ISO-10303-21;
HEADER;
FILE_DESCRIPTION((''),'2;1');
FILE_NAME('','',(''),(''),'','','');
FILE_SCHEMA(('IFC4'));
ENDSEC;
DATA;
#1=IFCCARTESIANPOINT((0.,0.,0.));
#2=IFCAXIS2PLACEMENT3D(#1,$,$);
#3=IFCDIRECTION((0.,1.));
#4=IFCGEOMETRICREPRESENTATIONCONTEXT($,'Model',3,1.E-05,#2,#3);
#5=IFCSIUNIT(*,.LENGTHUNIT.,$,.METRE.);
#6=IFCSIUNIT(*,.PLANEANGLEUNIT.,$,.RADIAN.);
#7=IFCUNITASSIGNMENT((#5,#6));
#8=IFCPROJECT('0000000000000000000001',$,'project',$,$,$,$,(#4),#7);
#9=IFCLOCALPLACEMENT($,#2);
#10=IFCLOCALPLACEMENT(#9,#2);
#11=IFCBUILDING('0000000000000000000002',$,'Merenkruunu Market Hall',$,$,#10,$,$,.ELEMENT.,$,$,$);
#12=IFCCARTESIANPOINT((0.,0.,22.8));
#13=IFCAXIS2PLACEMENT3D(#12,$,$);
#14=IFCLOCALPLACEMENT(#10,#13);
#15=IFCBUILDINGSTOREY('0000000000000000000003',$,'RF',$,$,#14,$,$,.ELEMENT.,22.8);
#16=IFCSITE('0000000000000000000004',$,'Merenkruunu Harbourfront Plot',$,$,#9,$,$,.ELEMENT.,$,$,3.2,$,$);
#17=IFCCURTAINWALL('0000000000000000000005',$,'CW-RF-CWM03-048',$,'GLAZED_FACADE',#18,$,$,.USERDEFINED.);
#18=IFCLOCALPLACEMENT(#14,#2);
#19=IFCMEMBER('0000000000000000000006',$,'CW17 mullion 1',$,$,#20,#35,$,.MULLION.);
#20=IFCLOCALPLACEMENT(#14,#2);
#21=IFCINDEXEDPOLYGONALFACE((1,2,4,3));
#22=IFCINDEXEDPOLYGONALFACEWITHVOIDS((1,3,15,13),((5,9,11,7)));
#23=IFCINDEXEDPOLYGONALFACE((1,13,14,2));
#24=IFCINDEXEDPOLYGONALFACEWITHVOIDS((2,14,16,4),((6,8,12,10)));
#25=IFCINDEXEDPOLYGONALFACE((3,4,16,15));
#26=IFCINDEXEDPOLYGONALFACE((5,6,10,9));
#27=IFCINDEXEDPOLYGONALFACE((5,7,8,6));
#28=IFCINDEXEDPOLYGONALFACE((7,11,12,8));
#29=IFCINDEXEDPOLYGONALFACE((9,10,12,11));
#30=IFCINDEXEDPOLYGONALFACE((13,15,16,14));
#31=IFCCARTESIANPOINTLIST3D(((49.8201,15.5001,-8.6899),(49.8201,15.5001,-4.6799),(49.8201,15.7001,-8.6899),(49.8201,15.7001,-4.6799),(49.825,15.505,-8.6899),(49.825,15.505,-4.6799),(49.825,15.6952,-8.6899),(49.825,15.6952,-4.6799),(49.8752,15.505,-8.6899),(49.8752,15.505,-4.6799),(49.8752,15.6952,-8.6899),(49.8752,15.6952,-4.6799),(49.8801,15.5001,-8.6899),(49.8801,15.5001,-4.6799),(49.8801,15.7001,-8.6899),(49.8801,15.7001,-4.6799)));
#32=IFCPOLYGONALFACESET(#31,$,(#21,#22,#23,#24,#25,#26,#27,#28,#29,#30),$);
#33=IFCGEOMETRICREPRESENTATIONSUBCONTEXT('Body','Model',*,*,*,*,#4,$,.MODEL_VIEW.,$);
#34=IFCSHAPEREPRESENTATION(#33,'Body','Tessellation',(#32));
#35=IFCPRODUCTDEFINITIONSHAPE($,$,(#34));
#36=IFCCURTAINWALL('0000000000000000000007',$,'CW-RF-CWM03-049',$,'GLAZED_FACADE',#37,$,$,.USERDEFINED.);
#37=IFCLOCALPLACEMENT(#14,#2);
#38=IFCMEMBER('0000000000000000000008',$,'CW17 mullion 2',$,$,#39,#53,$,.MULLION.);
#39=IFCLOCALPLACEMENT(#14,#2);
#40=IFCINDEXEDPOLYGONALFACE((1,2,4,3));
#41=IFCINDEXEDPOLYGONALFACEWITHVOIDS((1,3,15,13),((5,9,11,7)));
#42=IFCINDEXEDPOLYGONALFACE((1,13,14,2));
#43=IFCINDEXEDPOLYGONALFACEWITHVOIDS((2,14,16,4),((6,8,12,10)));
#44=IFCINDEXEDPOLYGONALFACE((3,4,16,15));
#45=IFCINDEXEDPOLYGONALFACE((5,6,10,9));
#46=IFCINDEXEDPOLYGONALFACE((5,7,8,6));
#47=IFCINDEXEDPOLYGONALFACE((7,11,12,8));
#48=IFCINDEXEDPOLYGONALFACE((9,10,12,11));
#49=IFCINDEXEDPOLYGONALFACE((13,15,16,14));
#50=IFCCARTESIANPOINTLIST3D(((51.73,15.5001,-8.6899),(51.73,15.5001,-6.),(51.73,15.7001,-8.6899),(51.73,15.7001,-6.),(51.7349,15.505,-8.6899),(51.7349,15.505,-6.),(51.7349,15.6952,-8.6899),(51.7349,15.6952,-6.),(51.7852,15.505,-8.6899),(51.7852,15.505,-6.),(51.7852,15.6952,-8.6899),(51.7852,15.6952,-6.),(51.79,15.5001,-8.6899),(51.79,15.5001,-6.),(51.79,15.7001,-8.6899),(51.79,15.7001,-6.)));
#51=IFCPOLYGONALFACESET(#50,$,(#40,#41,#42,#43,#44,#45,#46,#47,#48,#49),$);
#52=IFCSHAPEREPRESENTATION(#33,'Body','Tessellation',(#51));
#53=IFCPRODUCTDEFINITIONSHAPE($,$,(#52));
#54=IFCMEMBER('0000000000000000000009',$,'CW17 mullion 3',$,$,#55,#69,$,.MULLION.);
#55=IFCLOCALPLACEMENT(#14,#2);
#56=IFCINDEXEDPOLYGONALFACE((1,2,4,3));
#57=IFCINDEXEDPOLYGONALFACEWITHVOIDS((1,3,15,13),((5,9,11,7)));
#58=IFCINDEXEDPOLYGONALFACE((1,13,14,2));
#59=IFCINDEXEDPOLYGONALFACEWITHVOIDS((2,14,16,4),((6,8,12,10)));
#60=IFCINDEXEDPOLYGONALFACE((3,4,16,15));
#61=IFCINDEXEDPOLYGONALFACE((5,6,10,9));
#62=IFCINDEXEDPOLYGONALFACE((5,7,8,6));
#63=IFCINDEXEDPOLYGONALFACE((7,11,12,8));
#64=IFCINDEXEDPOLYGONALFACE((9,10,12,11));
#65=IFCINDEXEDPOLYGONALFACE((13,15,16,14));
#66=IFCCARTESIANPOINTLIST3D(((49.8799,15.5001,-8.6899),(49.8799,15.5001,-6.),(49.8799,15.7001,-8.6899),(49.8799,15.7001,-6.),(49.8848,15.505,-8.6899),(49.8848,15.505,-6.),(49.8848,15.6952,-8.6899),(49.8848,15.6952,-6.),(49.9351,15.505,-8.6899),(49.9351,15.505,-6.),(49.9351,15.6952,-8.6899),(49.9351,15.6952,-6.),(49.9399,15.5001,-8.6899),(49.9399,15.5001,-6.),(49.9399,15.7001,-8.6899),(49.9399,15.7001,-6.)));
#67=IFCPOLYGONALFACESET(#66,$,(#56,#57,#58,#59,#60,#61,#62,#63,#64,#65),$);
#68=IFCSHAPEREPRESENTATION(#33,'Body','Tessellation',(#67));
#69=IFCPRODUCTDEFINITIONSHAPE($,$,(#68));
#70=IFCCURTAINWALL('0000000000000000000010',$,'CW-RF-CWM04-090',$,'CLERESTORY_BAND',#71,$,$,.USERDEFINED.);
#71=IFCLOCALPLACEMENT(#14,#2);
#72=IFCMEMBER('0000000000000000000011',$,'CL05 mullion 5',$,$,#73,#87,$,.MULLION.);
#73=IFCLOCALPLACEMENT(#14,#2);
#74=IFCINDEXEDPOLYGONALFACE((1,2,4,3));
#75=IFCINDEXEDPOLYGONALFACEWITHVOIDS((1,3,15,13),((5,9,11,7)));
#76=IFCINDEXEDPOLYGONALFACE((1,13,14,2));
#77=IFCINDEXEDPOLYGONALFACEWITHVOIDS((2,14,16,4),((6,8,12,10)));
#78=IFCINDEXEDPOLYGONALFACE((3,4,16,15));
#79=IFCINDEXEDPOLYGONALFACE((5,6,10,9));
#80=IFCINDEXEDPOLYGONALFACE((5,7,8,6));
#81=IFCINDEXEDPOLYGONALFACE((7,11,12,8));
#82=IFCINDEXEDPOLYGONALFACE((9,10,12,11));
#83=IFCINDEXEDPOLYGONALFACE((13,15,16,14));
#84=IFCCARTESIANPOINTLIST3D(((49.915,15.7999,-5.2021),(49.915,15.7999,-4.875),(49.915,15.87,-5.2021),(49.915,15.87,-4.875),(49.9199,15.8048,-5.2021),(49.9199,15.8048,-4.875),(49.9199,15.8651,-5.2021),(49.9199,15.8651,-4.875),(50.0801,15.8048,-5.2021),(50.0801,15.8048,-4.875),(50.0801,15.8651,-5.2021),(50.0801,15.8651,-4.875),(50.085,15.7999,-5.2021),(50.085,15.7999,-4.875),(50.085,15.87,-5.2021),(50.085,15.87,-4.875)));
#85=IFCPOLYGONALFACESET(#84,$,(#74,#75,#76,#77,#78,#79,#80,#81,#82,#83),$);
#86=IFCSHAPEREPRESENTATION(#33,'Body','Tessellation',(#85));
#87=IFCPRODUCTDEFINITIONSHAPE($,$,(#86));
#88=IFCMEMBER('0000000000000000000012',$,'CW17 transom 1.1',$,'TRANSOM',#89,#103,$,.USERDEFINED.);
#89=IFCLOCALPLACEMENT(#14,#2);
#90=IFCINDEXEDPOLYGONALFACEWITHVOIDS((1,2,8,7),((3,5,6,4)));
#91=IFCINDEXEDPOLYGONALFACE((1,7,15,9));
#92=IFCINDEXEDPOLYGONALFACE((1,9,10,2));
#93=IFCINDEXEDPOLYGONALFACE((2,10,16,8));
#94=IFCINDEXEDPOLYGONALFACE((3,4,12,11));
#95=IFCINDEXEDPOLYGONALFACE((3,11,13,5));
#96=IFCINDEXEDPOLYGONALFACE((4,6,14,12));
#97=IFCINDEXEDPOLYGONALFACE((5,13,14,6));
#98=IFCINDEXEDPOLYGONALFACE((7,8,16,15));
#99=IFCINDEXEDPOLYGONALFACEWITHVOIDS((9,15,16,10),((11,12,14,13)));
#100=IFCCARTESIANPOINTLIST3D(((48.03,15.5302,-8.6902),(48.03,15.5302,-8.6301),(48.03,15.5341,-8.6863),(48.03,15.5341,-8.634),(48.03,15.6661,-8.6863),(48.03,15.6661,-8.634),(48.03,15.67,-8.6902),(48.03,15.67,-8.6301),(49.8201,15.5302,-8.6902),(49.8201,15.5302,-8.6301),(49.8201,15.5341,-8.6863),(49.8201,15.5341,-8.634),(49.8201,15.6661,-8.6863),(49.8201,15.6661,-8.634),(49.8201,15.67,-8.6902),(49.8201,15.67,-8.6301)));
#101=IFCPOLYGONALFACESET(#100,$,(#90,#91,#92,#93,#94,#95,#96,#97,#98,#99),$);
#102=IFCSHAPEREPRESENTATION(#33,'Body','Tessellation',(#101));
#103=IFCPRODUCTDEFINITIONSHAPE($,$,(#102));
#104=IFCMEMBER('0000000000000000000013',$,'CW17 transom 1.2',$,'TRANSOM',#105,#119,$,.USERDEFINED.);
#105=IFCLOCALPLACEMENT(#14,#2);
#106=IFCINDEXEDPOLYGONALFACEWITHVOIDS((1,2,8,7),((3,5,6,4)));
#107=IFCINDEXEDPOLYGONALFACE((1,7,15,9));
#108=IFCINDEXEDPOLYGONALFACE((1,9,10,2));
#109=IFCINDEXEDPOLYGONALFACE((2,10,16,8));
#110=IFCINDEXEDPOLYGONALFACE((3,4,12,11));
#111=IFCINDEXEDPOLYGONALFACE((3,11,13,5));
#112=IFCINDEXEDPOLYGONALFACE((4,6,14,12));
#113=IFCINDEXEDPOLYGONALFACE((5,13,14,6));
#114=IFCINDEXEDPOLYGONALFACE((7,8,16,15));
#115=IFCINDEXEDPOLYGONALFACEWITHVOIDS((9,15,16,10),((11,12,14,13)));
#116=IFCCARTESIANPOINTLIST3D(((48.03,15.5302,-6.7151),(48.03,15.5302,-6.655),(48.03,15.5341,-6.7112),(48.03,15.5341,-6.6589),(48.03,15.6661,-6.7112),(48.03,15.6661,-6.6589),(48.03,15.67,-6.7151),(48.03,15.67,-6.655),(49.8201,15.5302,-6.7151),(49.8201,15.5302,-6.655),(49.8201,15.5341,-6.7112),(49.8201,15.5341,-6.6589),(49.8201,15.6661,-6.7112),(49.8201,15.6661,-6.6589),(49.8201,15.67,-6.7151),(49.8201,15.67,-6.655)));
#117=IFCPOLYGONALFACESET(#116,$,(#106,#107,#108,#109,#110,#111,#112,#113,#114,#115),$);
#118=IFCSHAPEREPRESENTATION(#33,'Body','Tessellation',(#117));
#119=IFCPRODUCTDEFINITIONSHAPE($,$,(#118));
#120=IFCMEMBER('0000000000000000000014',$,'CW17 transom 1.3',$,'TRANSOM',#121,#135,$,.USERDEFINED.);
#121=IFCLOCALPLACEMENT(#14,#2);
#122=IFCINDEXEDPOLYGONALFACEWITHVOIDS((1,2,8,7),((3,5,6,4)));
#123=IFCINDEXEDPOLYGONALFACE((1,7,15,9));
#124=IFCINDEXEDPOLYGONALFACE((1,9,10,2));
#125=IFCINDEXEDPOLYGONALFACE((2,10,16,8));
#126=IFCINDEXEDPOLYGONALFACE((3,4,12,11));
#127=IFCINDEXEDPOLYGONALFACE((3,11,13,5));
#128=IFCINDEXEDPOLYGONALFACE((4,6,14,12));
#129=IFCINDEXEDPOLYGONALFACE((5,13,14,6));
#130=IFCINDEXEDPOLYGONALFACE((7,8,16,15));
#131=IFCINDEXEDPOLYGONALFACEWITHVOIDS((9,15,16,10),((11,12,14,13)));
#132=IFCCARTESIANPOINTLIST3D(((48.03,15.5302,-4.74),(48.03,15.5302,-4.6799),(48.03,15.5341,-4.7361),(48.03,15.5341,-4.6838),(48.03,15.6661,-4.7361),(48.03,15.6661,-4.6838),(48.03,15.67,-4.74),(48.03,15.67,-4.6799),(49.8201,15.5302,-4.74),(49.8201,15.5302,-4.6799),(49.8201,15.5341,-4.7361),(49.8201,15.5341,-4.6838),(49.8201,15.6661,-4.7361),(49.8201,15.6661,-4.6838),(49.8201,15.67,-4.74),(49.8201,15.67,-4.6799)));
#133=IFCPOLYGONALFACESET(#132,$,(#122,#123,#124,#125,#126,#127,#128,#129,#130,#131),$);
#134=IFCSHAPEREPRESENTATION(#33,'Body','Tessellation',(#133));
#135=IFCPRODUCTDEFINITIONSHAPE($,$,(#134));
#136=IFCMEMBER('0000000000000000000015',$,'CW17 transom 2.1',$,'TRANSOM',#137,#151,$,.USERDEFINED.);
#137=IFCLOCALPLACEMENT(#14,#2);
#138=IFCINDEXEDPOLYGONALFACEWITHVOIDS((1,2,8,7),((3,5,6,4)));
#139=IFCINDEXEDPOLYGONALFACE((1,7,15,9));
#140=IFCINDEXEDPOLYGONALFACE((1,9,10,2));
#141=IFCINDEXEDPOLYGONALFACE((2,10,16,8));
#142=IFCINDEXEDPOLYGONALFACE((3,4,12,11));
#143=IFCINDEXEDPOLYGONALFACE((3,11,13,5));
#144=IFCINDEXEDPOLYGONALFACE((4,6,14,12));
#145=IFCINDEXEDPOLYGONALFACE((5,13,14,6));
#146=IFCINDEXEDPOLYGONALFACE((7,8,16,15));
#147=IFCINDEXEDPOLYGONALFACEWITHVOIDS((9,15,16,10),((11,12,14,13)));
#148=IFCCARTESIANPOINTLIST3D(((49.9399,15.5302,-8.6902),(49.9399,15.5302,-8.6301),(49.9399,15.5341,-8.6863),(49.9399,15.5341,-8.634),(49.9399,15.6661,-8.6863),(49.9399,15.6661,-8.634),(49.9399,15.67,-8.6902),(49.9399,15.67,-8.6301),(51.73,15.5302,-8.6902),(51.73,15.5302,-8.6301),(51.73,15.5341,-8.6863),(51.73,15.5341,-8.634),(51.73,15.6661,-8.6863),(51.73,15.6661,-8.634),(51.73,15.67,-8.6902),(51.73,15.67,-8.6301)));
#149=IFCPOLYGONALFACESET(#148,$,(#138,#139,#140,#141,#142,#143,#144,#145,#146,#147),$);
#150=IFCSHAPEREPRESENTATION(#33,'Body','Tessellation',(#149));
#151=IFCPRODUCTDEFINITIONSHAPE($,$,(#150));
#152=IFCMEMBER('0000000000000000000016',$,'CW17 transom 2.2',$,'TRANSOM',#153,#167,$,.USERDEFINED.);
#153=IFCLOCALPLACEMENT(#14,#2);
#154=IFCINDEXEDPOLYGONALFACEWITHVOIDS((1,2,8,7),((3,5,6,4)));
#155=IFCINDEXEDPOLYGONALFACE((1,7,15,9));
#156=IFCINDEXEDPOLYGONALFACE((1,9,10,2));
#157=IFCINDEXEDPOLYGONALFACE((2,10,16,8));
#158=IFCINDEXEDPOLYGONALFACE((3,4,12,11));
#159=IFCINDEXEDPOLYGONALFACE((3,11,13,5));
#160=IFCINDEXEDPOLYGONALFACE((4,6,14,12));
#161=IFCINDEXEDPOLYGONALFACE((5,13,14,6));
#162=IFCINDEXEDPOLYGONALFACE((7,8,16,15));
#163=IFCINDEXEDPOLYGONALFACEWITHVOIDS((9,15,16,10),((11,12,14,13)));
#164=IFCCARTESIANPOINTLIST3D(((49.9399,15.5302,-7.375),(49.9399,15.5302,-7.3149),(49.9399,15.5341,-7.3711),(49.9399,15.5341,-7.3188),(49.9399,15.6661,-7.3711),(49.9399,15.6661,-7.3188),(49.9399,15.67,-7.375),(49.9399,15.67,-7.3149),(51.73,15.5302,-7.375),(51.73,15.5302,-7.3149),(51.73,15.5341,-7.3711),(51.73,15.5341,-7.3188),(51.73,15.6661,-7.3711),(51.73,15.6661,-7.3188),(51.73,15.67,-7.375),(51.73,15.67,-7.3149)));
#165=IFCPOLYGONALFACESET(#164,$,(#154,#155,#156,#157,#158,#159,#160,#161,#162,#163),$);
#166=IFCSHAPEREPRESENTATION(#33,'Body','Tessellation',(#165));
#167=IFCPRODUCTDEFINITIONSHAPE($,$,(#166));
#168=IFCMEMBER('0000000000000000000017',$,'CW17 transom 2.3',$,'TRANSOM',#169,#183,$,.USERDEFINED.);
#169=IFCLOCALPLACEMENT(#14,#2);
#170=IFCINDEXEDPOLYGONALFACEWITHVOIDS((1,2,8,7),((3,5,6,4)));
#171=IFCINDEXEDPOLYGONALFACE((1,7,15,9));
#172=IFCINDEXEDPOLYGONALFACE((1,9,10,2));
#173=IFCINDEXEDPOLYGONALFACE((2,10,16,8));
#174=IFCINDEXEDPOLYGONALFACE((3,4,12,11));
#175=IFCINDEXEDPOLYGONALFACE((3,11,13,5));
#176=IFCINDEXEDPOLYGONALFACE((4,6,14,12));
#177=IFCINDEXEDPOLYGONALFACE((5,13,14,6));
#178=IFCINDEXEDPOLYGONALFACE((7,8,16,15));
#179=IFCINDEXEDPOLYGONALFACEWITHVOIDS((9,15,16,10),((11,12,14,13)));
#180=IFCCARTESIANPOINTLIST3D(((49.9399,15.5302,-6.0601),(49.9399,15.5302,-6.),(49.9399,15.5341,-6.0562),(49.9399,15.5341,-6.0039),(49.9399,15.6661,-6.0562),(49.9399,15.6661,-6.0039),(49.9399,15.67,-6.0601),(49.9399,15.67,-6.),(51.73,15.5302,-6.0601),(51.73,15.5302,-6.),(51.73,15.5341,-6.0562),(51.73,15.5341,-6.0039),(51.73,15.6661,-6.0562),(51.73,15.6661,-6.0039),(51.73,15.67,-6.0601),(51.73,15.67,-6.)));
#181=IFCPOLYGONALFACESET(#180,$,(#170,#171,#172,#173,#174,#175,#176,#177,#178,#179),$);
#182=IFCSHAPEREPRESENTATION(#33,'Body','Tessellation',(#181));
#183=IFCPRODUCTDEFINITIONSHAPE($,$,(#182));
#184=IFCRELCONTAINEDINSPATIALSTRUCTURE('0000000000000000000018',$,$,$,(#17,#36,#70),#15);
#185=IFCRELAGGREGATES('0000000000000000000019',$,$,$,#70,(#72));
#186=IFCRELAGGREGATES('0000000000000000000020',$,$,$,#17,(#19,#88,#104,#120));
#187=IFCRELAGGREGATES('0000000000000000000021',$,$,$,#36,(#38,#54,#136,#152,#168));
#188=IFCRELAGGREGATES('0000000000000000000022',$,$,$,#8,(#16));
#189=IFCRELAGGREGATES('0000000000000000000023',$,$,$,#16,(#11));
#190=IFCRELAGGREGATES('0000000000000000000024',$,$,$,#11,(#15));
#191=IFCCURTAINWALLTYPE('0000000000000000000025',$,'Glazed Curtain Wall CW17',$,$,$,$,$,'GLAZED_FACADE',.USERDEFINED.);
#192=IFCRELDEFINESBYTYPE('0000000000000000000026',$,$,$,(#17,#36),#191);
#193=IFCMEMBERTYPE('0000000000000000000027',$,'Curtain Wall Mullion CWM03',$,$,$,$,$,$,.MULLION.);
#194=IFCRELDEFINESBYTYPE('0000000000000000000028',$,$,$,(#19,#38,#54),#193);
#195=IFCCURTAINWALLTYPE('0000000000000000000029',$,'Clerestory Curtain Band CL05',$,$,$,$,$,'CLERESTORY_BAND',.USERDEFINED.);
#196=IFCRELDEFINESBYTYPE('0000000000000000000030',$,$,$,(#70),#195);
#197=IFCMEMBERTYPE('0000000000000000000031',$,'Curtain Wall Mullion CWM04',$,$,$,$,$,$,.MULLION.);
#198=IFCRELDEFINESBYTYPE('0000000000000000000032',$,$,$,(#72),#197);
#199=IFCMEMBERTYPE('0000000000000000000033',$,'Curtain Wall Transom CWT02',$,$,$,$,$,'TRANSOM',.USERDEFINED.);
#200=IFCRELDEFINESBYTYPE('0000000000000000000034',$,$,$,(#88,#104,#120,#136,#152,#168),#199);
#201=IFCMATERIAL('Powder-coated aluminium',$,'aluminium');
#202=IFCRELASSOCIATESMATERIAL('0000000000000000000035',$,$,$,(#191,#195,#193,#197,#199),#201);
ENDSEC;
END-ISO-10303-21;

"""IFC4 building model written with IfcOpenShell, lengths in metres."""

from ifc_helpers import new_model, si_unit, direction, frame, origin, origin_2d, place, context, subcontext, project, spatial, hollow_rectangle, extrude, material, material_profile, profile_set, type_object, element, aggregate, save


model = new_model("IFC4")

# Units and contexts
model_context = context("Model", 3, precision=1e-05, world=origin(), true_north=direction((0.0, 1.0)))
body_context = subcontext(model_context, "Body", "Model", "MODEL_VIEW")
ifc_project = project(units=[si_unit("LENGTHUNIT", "METRE"), si_unit("PLANEANGLEUNIT", "RADIAN")], contexts=[model_context])

# Site, building, storey
site_placement = place(None, origin())
site = spatial("IfcSite", under=ifc_project, at=site_placement, Name="Merenkruunu Harbourfront Plot", CompositionType="ELEMENT", RefElevation=3.2)
building_placement = place(site_placement, origin())
building = spatial("IfcBuilding", under=site, at=building_placement, Name="Merenkruunu Market Hall", CompositionType="ELEMENT")
storey_placement = place(building_placement, frame((0.0, 0.0, 22.8)))
storey = spatial("IfcBuildingStorey", under=building, at=storey_placement, Name="RF", CompositionType="ELEMENT", Elevation=22.8)

# Curtain wall, member
ifc_material_1 = material(Name="Powder-coated aluminium", Category="aluminium")
curtain_wall_type_1 = type_object("IfcCurtainWallType", Name="Glazed Curtain Wall CW17", ElementType="GLAZED_FACADE", PredefinedType="USERDEFINED", material=ifc_material_1)
curtain_wall_1_placement = place(storey_placement, origin())
curtain_wall_1 = element("IfcCurtainWall", 1, at=curtain_wall_1_placement, inside=storey, type_object=curtain_wall_type_1, Name="CW-RF-CWM03-048", ObjectType="GLAZED_FACADE", PredefinedType="USERDEFINED")
ifc_material_profile_1 = material_profile(ifc_material_1, hollow_rectangle(XDim=0.0601, YDim=0.2, WallThickness=0.0049, at=origin_2d()), Name="ALU 60x200x5")
ifc_profile_set_1 = profile_set([ifc_material_profile_1], Name="Powder-coated aluminium")
member_type_1 = type_object("IfcMemberType", Name="Curtain Wall Mullion CWM03", PredefinedType="MULLION", material=ifc_profile_set_1)
member_1_placement = place(storey_placement, frame((49.8501, 15.6001, -8.6899), z_axis=(0.0, 0.0, 1.0), x_axis=(-1.0, 0.0, 0.0)))
member_1 = element("IfcMember", 2, at=member_1_placement, type_object=member_type_1, Name="CW17 mullion 1", PredefinedType="MULLION", context=body_context, shape_type="SweptSolid", body=[
    extrude(hollow_rectangle(XDim=0.0601, YDim=0.2, WallThickness=0.0049, at=origin_2d()), origin(), (0.0, 0.0, 1.0), 4.01),
])

# Curtain wall, members
curtain_wall_2_placement = place(storey_placement, origin())
curtain_wall_2 = element("IfcCurtainWall", 3, at=curtain_wall_2_placement, inside=storey, type_object=curtain_wall_type_1, Name="CW-RF-CWM03-049", ObjectType="GLAZED_FACADE", PredefinedType="USERDEFINED")
member_2_placement = place(storey_placement, frame((51.76, 15.6001, -8.6899), z_axis=(0.0, 0.0, 1.0), x_axis=(-1.0, 0.0, 0.0)))
member_2 = element("IfcMember", 4, at=member_2_placement, type_object=member_type_1, Name="CW17 mullion 2", PredefinedType="MULLION", context=body_context, shape_type="SweptSolid", body=[
    extrude(hollow_rectangle(XDim=0.0601, YDim=0.2, WallThickness=0.0049, at=origin_2d()), origin(), (0.0, 0.0, 1.0), 2.6899),
])
member_3_placement = place(storey_placement, frame((49.9099, 15.6001, -8.6899), z_axis=(0.0, 0.0, 1.0), x_axis=(-1.0, 0.0, 0.0)))
member_3 = element("IfcMember", 5, at=member_3_placement, type_object=member_type_1, Name="CW17 mullion 3", PredefinedType="MULLION", context=body_context, shape_type="SweptSolid", body=[
    extrude(hollow_rectangle(XDim=0.0601, YDim=0.2, WallThickness=0.0049, at=origin_2d()), origin(), (0.0, 0.0, 1.0), 2.6899),
])

# Curtain wall, member
curtain_wall_type_2 = type_object("IfcCurtainWallType", Name="Clerestory Curtain Band CL05", ElementType="CLERESTORY_BAND", PredefinedType="USERDEFINED", material=ifc_material_1)
curtain_wall_3_placement = place(storey_placement, origin())
curtain_wall_3 = element("IfcCurtainWall", 6, at=curtain_wall_3_placement, inside=storey, type_object=curtain_wall_type_2, Name="CW-RF-CWM04-090", ObjectType="CLERESTORY_BAND", PredefinedType="USERDEFINED")
ifc_material_profile_2 = material_profile(ifc_material_1, hollow_rectangle(XDim=0.0701, YDim=0.1699, WallThickness=0.0049, at=origin_2d()), Name="ALU 70x170x5")
ifc_profile_set_2 = profile_set([ifc_material_profile_2], Name="Powder-coated aluminium")
member_type_2 = type_object("IfcMemberType", Name="Curtain Wall Mullion CWM04", PredefinedType="MULLION", material=ifc_profile_set_2)
member_4_placement = place(storey_placement, frame((50.0, 15.835, -5.2021), z_axis=(0.0, 0.0, 1.0), x_axis=(0.0, -1.0, 0.0)))
member_4 = element("IfcMember", 7, at=member_4_placement, type_object=member_type_2, Name="CL05 mullion 5", PredefinedType="MULLION", context=body_context, shape_type="SweptSolid", body=[
    extrude(hollow_rectangle(XDim=0.0701, YDim=0.1699, WallThickness=0.0049, at=origin_2d()), origin(), (0.0, 0.0, 1.0), 0.3271),
])
aggregate(curtain_wall_3, [member_4])

# Members
ifc_material_profile_3 = material_profile(ifc_material_1, hollow_rectangle(XDim=0.0601, YDim=0.1399, WallThickness=0.0039, at=origin_2d()), Name="ALU 60x140x4")
ifc_profile_set_3 = profile_set([ifc_material_profile_3], Name="Powder-coated aluminium")
member_type_3 = type_object("IfcMemberType", Name="Curtain Wall Transom CWT02", ElementType="TRANSOM", PredefinedType="USERDEFINED", material=ifc_profile_set_3)
member_5_placement = place(storey_placement, frame((49.8201, 15.6001, -8.6602), z_axis=(-1.0, 0.0, 0.0), x_axis=(0.0, 0.0, 1.0)))
member_5 = element("IfcMember", 8, at=member_5_placement, type_object=member_type_3, Name="CW17 transom 1.1", ObjectType="TRANSOM", PredefinedType="USERDEFINED", context=body_context, shape_type="SweptSolid", body=[
    extrude(hollow_rectangle(XDim=0.0601, YDim=0.1399, WallThickness=0.0039, at=origin_2d()), origin(), (0.0, 0.0, 1.0), 1.79),
])
member_6_placement = place(storey_placement, frame((49.8201, 15.6001, -6.6851), z_axis=(-1.0, 0.0, 0.0), x_axis=(0.0, 0.0, 1.0)))
member_6 = element("IfcMember", 9, at=member_6_placement, type_object=member_type_3, Name="CW17 transom 1.2", ObjectType="TRANSOM", PredefinedType="USERDEFINED", context=body_context, shape_type="SweptSolid", body=[
    extrude(hollow_rectangle(XDim=0.0601, YDim=0.1399, WallThickness=0.0039, at=origin_2d()), origin(), (0.0, 0.0, 1.0), 1.79),
])
member_7_placement = place(storey_placement, frame((49.8201, 15.6001, -4.71), z_axis=(-1.0, 0.0, 0.0), x_axis=(0.0, 0.0, 1.0)))
member_7 = element("IfcMember", 10, at=member_7_placement, type_object=member_type_3, Name="CW17 transom 1.3", ObjectType="TRANSOM", PredefinedType="USERDEFINED", context=body_context, shape_type="SweptSolid", body=[
    extrude(hollow_rectangle(XDim=0.0601, YDim=0.1399, WallThickness=0.0039, at=origin_2d()), origin(), (0.0, 0.0, 1.0), 1.79),
])
member_8_placement = place(storey_placement, frame((51.73, 15.6001, -8.6602), z_axis=(-1.0, 0.0, 0.0), x_axis=(0.0, 0.0, 1.0)))
member_8 = element("IfcMember", 11, at=member_8_placement, type_object=member_type_3, Name="CW17 transom 2.1", ObjectType="TRANSOM", PredefinedType="USERDEFINED", context=body_context, shape_type="SweptSolid", body=[
    extrude(hollow_rectangle(XDim=0.0601, YDim=0.1399, WallThickness=0.0039, at=origin_2d()), origin(), (0.0, 0.0, 1.0), 1.79),
])
member_9_placement = place(storey_placement, frame((51.73, 15.6001, -7.345), z_axis=(-1.0, 0.0, 0.0), x_axis=(0.0, 0.0, 1.0)))
member_9 = element("IfcMember", 12, at=member_9_placement, type_object=member_type_3, Name="CW17 transom 2.2", ObjectType="TRANSOM", PredefinedType="USERDEFINED", context=body_context, shape_type="SweptSolid", body=[
    extrude(hollow_rectangle(XDim=0.0601, YDim=0.1399, WallThickness=0.0039, at=origin_2d()), origin(), (0.0, 0.0, 1.0), 1.79),
])
member_10_placement = place(storey_placement, frame((51.73, 15.6001, -6.03), z_axis=(-1.0, 0.0, 0.0), x_axis=(0.0, 0.0, 1.0)))
member_10 = element("IfcMember", 13, at=member_10_placement, type_object=member_type_3, Name="CW17 transom 2.3", ObjectType="TRANSOM", PredefinedType="USERDEFINED", context=body_context, shape_type="SweptSolid", body=[
    extrude(hollow_rectangle(XDim=0.0601, YDim=0.1399, WallThickness=0.0039, at=origin_2d()), origin(), (0.0, 0.0, 1.0), 1.79),
])

aggregate(curtain_wall_1, [member_1, member_5, member_6, member_7])
aggregate(curtain_wall_2, [member_2, member_3, member_8, member_9, member_10])

save(model, "model.ifc")
